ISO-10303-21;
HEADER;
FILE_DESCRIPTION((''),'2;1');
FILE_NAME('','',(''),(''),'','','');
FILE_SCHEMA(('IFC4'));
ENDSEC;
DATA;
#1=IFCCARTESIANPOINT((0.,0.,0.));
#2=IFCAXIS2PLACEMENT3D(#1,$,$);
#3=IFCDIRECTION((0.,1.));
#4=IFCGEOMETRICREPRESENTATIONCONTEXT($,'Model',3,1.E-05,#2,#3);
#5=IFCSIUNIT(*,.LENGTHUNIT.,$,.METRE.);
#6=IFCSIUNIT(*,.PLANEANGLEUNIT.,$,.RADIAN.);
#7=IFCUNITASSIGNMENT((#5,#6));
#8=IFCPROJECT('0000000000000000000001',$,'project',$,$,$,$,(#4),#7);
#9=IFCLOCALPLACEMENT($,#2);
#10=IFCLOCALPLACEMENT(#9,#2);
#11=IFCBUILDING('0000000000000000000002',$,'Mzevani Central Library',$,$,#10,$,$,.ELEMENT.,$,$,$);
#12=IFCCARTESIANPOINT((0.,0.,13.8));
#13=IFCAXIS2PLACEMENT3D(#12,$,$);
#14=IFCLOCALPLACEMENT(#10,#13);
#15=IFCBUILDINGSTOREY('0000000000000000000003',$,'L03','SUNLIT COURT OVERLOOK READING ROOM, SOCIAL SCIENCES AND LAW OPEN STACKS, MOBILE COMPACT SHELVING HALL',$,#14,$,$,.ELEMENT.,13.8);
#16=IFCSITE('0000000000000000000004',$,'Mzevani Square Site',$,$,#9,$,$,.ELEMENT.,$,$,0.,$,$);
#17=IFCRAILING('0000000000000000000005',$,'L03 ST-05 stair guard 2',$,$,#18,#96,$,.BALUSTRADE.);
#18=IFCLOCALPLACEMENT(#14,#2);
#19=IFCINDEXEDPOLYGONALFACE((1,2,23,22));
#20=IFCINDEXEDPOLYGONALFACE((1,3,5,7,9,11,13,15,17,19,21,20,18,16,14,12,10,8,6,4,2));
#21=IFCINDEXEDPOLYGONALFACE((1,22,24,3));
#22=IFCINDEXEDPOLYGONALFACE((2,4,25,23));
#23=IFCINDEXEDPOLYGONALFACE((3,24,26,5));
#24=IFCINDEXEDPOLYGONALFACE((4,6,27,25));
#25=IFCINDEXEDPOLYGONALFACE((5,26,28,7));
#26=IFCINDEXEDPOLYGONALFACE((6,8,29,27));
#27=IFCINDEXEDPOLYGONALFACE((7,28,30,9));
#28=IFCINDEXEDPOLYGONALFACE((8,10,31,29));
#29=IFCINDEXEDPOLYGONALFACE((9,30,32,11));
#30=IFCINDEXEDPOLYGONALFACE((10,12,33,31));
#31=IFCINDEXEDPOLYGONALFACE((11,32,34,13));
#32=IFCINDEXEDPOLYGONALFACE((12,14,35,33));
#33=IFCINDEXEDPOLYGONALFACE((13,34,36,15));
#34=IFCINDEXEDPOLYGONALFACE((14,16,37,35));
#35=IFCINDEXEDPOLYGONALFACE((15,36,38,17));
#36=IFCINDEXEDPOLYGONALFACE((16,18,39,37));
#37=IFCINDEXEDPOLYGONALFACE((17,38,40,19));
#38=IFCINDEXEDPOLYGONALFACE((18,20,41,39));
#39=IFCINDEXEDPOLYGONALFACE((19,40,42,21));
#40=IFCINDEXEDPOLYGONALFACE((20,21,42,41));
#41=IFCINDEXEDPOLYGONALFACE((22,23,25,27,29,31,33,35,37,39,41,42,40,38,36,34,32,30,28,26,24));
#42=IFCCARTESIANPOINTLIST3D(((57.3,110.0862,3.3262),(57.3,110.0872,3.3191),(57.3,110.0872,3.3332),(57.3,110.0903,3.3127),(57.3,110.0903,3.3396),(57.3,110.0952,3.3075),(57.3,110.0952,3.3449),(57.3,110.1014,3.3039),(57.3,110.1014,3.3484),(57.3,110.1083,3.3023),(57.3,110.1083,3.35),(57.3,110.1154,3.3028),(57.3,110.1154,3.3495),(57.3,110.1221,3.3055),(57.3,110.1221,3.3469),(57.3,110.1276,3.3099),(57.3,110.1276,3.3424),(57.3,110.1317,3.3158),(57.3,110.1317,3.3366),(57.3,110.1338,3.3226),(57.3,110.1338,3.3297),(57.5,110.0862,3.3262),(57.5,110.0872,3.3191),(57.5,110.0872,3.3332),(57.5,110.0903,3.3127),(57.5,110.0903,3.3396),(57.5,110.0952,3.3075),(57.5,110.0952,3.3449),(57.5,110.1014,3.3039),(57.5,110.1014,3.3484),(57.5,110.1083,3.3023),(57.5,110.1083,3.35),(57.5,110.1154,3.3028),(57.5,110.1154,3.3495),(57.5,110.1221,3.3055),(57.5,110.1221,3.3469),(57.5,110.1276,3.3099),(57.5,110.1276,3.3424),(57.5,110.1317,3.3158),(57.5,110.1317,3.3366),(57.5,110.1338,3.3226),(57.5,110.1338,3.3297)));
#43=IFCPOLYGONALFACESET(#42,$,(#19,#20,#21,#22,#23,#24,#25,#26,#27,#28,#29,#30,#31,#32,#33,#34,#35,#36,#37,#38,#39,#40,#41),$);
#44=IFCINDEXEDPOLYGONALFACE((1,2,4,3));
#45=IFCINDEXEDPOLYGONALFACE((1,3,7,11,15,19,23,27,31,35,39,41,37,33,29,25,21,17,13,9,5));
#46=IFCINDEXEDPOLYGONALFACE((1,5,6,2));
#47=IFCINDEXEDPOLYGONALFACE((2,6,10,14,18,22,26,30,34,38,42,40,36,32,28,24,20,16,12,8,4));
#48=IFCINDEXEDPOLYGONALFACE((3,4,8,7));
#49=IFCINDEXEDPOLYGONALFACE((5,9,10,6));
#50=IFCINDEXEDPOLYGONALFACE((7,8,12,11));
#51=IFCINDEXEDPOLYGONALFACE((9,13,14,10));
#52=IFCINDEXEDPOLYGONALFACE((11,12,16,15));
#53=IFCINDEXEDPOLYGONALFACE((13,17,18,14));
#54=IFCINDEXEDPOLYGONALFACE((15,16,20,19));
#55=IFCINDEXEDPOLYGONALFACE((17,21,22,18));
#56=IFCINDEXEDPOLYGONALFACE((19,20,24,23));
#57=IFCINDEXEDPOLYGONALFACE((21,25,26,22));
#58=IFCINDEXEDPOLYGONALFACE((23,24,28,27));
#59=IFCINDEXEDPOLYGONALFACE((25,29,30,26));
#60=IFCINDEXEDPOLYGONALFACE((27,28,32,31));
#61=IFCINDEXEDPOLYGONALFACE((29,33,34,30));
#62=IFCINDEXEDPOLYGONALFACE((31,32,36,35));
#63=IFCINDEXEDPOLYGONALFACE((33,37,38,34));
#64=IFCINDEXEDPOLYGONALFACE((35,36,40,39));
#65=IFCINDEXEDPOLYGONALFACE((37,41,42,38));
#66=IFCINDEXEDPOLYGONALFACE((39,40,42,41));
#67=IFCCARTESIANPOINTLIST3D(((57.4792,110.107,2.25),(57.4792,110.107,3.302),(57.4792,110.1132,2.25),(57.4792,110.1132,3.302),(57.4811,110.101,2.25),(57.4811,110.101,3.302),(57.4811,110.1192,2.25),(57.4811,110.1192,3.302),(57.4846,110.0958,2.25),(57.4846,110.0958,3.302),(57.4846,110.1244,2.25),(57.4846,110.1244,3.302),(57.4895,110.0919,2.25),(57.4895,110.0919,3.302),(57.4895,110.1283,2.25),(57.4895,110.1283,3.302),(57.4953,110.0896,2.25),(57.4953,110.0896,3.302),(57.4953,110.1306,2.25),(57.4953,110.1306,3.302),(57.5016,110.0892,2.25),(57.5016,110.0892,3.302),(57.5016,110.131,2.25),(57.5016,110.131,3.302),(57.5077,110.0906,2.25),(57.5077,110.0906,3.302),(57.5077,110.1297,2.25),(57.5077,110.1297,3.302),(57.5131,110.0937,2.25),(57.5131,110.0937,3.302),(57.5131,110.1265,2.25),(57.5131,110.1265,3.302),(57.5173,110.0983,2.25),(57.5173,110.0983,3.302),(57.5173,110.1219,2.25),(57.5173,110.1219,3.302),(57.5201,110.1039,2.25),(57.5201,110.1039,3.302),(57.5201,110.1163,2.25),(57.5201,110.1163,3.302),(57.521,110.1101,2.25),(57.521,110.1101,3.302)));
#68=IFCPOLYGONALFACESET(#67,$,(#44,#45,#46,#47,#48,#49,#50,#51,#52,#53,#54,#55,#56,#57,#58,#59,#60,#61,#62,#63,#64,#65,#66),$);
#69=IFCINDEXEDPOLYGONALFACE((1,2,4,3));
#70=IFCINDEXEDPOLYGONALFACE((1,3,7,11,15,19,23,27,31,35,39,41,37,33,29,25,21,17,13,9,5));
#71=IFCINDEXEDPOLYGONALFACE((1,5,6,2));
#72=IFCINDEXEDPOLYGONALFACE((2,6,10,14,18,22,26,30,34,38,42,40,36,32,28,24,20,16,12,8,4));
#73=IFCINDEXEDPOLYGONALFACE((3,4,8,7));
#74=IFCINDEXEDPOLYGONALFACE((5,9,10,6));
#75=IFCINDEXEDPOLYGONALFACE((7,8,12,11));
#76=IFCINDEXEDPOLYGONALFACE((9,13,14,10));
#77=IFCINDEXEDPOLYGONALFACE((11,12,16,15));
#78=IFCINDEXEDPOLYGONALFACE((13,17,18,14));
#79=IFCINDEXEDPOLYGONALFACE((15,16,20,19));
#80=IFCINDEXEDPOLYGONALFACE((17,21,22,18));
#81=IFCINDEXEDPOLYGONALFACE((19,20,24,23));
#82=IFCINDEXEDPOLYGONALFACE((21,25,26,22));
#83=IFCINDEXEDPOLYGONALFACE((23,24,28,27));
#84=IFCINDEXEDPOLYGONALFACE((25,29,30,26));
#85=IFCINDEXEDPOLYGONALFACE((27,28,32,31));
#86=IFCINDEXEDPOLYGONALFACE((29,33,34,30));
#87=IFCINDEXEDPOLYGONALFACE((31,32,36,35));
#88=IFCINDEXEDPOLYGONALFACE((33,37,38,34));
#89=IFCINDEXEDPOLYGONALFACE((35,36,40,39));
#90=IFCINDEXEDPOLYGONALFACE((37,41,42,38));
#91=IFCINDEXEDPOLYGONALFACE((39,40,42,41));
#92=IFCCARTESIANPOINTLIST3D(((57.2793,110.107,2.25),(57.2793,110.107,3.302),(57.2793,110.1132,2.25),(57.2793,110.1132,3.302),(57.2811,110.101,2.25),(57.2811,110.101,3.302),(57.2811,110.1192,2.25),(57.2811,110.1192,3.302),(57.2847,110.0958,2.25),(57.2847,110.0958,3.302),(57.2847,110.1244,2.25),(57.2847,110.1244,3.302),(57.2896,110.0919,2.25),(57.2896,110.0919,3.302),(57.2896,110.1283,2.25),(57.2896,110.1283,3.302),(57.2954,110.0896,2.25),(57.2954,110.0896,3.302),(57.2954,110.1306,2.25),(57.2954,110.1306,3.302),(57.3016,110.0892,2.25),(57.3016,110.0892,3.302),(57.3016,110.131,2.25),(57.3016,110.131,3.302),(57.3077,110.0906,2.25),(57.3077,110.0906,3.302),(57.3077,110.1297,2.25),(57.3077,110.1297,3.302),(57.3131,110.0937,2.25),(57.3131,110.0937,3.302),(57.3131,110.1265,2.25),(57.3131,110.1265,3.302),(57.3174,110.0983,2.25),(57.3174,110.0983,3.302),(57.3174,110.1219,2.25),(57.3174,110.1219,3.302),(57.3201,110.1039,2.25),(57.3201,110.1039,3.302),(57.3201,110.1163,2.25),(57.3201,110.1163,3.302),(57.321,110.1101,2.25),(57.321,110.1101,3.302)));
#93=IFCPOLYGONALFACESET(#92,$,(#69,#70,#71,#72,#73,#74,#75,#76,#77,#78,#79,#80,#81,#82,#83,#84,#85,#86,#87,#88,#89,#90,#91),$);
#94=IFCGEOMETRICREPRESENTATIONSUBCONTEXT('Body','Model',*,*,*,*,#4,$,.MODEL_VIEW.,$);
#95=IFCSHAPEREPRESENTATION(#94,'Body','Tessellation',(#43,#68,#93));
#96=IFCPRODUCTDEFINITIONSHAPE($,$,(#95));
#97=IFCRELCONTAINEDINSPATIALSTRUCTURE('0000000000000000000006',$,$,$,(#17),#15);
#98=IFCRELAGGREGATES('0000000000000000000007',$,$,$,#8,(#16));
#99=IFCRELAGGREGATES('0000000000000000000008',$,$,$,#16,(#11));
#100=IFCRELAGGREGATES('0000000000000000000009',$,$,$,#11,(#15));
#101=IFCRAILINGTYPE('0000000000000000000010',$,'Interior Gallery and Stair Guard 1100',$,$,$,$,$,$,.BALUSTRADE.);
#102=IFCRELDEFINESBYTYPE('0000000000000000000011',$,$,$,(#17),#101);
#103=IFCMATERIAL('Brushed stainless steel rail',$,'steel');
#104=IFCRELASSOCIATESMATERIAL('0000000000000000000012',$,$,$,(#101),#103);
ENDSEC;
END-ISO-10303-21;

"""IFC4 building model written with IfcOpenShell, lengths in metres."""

from ifc_helpers import new_model, si_unit, direction, frame, origin, origin_2d, place, context, subcontext, project, spatial, circle, extrude, material, type_object, element, save


model = new_model("IFC4")

# Units and contexts
model_context = context("Model", 3, precision=1e-05, world=origin(), true_north=direction((0.0, 1.0)))
body_context = subcontext(model_context, "Body", "Model", "MODEL_VIEW")
ifc_project = project(units=[si_unit("LENGTHUNIT", "METRE"), si_unit("PLANEANGLEUNIT", "RADIAN")], contexts=[model_context])

# Site, building, storey
site_placement = place(None, origin())
site = spatial("IfcSite", under=ifc_project, at=site_placement, Name="Mzevani Square Site", CompositionType="ELEMENT", RefElevation=0.0)
building_placement = place(site_placement, origin())
building = spatial("IfcBuilding", under=site, at=building_placement, Name="Mzevani Central Library", CompositionType="ELEMENT")
storey_placement = place(building_placement, frame((0.0, 0.0, 13.8)))
storey = spatial("IfcBuildingStorey", under=building, at=storey_placement, Name="L03", Description="SUNLIT COURT OVERLOOK READING ROOM, SOCIAL SCIENCES AND LAW OPEN STACKS, MOBILE COMPACT SHELVING HALL", CompositionType="ELEMENT", Elevation=13.8)

# Railing
ifc_material_1 = material(Name="Brushed stainless steel rail", Category="steel")
railing_type_1 = type_object("IfcRailingType", Name="Interior Gallery and Stair Guard 1100", PredefinedType="BALUSTRADE", material=ifc_material_1)
railing_1_placement = place(storey_placement, frame((57.5, 110.1101, 2.25)))
element("IfcRailing", 1, at=railing_1_placement, inside=storey, type_object=railing_type_1, Name="L03 ST-05 stair guard 2", PredefinedType="BALUSTRADE", context=body_context, shape_type="SweptSolid", body=[
    extrude(circle(Radius=0.0239, at=origin_2d()), frame((0.0, 0.0, 1.0762), z_axis=(-1.0, 0.0, 0.0), x_axis=(0.0, -1.0, 0.0)), (0.0, 0.0, 1.0), 0.2),
    extrude(circle(Radius=0.021, at=origin_2d()), origin(), (0.0, 0.0, 1.0), 1.052),
    extrude(circle(Radius=0.021, at=origin_2d()), frame((-0.2, 0.0, 0.0)), (0.0, 0.0, 1.0), 1.052),
])

save(model, "model.ifc")
